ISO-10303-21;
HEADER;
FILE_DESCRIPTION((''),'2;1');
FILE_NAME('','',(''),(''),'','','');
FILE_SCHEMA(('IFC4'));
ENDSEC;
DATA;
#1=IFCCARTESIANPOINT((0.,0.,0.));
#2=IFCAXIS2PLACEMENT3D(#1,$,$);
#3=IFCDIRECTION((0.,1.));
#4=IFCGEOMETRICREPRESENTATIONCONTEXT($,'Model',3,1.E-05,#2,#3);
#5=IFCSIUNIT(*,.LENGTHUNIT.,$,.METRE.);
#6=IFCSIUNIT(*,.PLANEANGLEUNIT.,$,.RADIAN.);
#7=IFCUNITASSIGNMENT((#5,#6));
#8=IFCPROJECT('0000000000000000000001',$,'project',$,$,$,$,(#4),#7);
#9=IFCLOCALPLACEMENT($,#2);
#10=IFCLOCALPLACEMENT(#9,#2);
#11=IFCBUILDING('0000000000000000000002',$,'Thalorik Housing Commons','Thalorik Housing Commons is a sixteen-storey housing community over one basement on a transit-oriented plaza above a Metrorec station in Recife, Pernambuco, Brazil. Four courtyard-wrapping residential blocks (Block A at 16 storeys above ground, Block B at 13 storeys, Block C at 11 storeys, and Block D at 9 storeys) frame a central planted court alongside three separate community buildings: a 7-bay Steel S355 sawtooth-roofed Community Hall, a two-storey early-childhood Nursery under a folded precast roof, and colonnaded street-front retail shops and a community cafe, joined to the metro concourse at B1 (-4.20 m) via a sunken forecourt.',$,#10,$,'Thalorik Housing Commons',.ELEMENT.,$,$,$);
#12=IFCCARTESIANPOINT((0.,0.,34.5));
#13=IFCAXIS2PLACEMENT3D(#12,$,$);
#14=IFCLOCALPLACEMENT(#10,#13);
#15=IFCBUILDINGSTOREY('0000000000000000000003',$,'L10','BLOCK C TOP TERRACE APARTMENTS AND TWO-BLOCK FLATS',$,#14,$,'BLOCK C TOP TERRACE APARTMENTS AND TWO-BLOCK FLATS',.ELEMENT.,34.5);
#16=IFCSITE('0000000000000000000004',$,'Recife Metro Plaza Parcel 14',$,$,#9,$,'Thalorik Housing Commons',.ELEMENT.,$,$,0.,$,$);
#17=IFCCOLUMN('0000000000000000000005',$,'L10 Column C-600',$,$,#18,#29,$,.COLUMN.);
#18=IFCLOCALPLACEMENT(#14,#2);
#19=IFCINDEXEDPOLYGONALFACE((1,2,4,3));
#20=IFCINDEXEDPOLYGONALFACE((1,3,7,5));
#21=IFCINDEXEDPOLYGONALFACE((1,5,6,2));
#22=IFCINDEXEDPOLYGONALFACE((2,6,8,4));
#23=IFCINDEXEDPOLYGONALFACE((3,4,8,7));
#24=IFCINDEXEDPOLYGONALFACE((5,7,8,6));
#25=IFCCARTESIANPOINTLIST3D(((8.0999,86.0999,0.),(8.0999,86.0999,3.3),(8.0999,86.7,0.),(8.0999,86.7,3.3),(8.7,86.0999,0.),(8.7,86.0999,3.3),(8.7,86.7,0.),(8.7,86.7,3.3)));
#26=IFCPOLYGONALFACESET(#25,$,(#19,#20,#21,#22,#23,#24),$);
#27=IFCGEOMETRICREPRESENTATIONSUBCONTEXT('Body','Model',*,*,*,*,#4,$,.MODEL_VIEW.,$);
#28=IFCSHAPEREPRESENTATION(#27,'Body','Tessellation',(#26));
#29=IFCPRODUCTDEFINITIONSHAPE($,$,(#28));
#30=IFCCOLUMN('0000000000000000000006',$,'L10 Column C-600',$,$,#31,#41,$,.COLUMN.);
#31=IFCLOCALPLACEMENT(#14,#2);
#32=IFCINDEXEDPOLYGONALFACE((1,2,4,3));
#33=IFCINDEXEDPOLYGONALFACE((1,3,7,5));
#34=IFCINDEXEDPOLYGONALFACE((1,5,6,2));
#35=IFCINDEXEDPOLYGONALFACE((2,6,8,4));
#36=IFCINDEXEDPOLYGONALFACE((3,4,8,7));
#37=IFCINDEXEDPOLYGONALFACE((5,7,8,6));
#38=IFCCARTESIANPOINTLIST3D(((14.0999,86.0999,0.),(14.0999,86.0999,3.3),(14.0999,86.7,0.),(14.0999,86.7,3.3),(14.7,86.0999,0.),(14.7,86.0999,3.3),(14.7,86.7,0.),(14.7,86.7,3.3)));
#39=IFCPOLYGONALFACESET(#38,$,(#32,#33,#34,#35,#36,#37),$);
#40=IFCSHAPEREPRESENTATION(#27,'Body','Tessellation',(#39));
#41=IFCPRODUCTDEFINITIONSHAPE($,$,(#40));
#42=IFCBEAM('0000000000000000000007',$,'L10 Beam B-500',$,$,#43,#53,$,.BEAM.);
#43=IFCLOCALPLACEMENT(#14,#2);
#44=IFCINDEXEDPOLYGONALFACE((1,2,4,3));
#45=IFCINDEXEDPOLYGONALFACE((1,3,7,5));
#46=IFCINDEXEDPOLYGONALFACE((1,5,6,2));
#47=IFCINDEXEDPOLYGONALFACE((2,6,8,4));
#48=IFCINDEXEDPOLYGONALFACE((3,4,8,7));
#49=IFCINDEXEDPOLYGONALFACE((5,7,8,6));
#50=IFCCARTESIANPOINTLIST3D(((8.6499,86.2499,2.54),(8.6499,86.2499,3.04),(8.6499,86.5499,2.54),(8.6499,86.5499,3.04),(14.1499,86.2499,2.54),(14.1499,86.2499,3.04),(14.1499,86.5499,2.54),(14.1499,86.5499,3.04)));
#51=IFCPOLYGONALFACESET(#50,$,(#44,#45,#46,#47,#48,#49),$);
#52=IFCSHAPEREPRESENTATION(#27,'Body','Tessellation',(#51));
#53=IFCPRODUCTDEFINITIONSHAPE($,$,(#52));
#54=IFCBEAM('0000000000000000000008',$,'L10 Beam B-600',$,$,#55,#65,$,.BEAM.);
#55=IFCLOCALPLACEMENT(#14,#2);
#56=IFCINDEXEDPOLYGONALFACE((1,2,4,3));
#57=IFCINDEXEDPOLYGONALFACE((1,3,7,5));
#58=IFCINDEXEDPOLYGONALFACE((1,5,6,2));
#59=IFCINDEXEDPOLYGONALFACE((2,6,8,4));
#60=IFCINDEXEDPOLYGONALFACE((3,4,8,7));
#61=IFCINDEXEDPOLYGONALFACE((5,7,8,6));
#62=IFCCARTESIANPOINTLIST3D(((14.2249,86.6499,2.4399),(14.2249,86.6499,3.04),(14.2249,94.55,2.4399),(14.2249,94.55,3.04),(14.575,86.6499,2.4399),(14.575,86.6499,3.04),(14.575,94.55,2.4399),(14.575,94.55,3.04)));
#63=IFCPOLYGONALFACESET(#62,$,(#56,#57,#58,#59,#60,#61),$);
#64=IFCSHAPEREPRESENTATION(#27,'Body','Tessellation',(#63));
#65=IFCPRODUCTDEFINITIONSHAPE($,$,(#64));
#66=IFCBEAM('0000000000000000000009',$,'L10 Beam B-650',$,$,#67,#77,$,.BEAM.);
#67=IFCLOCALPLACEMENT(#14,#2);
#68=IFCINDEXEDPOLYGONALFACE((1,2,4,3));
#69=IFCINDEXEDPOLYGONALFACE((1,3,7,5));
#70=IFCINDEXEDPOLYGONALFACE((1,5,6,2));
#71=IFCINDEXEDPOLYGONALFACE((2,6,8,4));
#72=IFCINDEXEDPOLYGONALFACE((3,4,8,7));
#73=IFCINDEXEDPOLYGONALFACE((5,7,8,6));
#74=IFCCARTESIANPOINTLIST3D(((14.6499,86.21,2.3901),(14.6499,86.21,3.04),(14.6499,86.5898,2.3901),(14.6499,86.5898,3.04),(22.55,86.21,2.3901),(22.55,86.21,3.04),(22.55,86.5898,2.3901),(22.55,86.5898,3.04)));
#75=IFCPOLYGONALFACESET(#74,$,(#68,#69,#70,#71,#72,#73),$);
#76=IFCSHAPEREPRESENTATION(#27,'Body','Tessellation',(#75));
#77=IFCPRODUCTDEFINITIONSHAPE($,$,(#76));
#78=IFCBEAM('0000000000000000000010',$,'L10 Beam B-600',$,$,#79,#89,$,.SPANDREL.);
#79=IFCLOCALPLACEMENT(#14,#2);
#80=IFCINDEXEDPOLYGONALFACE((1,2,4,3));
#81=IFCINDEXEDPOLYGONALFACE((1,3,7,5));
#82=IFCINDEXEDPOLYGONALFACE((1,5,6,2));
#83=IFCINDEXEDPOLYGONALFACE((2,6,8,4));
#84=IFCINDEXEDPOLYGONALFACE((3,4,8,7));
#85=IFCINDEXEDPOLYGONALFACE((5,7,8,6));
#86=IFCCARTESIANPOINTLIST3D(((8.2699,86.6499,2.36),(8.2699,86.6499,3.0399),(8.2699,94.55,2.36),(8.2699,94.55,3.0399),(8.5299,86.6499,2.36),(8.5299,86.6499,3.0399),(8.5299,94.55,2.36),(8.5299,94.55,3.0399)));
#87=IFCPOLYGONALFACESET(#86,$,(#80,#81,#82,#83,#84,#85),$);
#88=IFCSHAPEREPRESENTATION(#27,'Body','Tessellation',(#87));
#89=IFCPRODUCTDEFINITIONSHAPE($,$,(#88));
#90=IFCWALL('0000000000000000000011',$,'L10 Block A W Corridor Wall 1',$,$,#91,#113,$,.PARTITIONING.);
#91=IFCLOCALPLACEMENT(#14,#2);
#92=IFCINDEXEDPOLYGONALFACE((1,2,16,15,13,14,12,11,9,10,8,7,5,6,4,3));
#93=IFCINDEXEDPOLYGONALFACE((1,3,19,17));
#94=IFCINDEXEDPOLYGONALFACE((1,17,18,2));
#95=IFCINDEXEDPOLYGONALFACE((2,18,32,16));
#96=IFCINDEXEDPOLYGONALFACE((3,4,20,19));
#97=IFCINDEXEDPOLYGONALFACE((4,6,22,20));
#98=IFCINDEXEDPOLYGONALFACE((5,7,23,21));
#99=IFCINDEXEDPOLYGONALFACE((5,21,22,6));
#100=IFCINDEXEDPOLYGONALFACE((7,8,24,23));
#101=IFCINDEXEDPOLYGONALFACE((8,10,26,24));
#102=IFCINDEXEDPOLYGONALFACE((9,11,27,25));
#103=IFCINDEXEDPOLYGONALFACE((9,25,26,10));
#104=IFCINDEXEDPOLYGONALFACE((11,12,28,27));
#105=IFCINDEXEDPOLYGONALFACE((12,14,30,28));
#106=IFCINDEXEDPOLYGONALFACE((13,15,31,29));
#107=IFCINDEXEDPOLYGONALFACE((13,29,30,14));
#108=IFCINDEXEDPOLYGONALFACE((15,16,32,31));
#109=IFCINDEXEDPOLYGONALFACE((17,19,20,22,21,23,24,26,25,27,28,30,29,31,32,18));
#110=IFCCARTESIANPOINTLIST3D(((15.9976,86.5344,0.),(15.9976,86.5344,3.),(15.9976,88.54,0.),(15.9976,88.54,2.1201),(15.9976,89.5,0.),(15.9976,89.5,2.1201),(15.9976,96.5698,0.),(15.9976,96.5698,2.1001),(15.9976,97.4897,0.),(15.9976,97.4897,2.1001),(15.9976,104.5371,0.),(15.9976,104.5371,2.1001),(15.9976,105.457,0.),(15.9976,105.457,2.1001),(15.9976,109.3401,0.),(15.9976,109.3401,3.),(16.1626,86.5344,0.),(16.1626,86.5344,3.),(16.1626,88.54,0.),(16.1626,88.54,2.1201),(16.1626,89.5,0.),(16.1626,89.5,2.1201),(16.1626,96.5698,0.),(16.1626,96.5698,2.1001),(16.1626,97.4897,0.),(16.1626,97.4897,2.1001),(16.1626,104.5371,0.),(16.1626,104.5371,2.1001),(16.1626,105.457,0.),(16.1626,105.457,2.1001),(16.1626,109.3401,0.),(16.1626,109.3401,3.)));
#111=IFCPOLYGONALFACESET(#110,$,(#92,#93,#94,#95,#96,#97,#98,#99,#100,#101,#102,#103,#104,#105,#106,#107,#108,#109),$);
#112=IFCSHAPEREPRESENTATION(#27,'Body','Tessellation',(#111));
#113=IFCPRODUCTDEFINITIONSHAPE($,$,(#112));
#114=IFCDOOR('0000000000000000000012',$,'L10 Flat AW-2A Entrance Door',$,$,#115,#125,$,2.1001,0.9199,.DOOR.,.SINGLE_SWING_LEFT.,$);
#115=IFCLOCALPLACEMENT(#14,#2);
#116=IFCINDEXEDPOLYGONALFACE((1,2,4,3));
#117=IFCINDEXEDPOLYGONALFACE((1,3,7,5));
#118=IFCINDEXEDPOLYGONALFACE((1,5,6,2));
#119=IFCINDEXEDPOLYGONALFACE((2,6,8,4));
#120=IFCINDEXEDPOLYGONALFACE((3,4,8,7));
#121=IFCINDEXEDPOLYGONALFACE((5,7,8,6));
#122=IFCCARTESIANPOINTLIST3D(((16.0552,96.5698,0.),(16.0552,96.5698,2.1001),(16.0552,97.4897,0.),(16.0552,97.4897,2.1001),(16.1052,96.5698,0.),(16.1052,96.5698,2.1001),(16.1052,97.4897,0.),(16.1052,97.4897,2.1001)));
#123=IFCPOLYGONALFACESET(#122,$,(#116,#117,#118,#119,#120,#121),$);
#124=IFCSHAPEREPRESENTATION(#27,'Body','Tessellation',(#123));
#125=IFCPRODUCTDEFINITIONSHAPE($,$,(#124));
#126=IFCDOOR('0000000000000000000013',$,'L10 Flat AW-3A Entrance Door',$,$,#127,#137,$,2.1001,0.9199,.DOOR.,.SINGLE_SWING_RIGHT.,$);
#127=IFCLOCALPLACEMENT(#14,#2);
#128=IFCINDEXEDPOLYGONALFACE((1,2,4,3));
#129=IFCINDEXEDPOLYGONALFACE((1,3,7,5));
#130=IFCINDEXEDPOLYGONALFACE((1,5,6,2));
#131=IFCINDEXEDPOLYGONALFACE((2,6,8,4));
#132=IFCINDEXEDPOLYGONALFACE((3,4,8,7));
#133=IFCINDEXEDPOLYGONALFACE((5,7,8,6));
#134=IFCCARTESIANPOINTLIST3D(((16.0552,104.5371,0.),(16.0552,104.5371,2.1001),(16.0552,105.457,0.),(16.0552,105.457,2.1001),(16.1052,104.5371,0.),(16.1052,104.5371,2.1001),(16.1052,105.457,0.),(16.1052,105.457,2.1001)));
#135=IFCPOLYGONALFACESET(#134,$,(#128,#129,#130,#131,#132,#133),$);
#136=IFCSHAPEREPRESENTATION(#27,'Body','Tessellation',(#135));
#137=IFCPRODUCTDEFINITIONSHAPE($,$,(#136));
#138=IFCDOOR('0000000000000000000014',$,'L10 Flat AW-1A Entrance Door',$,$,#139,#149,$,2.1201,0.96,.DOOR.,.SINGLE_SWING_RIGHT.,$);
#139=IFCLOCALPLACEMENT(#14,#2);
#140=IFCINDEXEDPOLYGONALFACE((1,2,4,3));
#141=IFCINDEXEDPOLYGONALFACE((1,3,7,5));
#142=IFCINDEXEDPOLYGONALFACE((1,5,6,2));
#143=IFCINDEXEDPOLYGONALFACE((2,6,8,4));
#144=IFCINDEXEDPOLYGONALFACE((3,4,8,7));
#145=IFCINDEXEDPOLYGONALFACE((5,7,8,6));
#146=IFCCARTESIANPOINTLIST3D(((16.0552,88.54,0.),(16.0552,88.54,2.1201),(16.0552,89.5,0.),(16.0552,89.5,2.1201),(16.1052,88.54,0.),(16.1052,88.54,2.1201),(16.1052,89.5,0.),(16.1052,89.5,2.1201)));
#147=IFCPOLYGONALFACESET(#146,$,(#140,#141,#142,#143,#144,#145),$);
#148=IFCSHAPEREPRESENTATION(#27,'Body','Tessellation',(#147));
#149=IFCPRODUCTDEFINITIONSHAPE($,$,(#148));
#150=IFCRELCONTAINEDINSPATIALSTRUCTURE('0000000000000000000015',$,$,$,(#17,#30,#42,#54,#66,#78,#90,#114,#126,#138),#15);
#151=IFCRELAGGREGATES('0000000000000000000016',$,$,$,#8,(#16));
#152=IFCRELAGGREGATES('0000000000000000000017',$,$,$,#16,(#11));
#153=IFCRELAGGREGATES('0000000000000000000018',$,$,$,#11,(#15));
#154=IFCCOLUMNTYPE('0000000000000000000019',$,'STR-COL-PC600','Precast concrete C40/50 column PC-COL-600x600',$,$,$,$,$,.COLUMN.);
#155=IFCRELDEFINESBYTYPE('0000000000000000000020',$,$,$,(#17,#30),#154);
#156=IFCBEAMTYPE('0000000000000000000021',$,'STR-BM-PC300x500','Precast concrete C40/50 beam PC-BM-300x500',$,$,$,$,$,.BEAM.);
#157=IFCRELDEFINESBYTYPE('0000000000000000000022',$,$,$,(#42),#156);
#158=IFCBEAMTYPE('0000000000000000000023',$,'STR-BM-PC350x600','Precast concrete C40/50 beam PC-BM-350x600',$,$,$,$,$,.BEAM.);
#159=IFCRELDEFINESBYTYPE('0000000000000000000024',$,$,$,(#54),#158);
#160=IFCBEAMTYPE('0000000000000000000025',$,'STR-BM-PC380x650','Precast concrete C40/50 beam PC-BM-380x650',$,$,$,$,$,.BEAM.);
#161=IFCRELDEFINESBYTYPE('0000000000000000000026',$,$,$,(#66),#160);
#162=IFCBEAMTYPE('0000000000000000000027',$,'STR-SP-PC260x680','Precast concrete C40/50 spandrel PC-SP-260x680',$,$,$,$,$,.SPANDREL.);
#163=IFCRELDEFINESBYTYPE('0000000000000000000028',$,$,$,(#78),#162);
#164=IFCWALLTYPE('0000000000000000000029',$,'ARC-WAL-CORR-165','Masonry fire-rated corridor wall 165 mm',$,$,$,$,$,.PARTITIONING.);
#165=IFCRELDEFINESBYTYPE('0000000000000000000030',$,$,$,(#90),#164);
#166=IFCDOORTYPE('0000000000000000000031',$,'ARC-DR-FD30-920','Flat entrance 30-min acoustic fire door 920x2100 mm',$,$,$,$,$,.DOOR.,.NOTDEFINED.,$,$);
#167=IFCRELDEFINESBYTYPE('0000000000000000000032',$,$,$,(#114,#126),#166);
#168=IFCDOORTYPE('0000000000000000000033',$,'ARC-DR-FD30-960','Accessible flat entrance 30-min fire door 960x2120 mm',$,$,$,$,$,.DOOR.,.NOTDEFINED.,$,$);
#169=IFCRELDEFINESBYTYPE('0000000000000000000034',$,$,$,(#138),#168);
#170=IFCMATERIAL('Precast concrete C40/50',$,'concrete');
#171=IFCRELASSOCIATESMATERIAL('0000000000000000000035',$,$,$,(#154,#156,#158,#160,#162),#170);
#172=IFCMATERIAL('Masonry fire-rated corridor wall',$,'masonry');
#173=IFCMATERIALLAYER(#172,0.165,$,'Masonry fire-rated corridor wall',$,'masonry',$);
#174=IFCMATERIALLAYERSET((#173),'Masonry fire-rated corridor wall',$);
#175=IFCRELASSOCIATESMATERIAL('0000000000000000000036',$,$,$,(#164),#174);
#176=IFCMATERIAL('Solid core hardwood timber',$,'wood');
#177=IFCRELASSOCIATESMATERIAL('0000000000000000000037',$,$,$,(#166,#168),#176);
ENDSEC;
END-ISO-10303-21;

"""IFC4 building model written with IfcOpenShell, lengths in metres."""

from ifc_helpers import new_model, si_unit, direction, frame, frame_2d, origin, origin_2d, place, context, subcontext, project, spatial, rectangle, extrude, material, layer, layer_set, material_profile, profile_set, type_object, element, fill, save


model = new_model("IFC4")

# Units and contexts
model_context = context("Model", 3, precision=1e-05, world=origin(), true_north=direction((0.0, 1.0)))
body_context = subcontext(model_context, "Body", "Model", "MODEL_VIEW")
ifc_project = project(units=[si_unit("LENGTHUNIT", "METRE"), si_unit("PLANEANGLEUNIT", "RADIAN")], contexts=[model_context])

# Site, building, storey
site_placement = place(None, origin())
site = spatial("IfcSite", under=ifc_project, at=site_placement, Name="Recife Metro Plaza Parcel 14", LongName="Thalorik Housing Commons", CompositionType="ELEMENT", RefElevation=0.0)
building_placement = place(site_placement, origin())
building = spatial("IfcBuilding", under=site, at=building_placement, Name="Thalorik Housing Commons", Description="Thalorik Housing Commons is a sixteen-storey housing community over one basement on a transit-oriented plaza above a Metrorec station in Recife, Pernambuco, Brazil. Four courtyard-wrapping residential blocks (Block A at 16 storeys above ground, Block B at 13 storeys, Block C at 11 storeys, and Block D at 9 storeys) frame a central planted court alongside three separate community buildings: a 7-bay Steel S355 sawtooth-roofed Community Hall, a two-storey early-childhood Nursery under a folded precast roof, and colonnaded street-front retail shops and a community cafe, joined to the metro concourse at B1 (-4.20 m) via a sunken forecourt.", LongName="Thalorik Housing Commons", CompositionType="ELEMENT")
storey_placement = place(building_placement, frame((0.0, 0.0, 34.5)))
storey = spatial("IfcBuildingStorey", under=building, at=storey_placement, Name="L10", Description="BLOCK C TOP TERRACE APARTMENTS AND TWO-BLOCK FLATS", LongName="BLOCK C TOP TERRACE APARTMENTS AND TWO-BLOCK FLATS", CompositionType="ELEMENT", Elevation=34.5)

# Columns
ifc_material_1 = material(Name="Precast concrete C40/50", Category="concrete")
ifc_material_profile_1 = material_profile(ifc_material_1, rectangle(XDim=0.6001, YDim=0.6001, at=origin_2d()), Name="PC 600x600", Category="concrete")
ifc_profile_set_1 = profile_set([ifc_material_profile_1], Name="Precast concrete C40/50")
column_type = type_object("IfcColumnType", Name="STR-COL-PC600", Description="Precast concrete C40/50 column PC-COL-600x600", PredefinedType="COLUMN", material=ifc_profile_set_1)
for number, where, z_axis, x_axis, name in (
    (1, (8.3999, 86.3999, 0.0), (0.0, 0.0, 1.0), (1.0, 0.0, 0.0), "L10 Column C-600"),
    (2, (14.3999, 86.3999, 0.0), (0.0, 0.0, 1.0), (1.0, 0.0, 0.0), "L10 Column C-600"),
):
    element("IfcColumn", number, at=place(storey_placement, frame(where, z_axis=z_axis, x_axis=x_axis)), inside=storey, type_object=column_type, Name=name, PredefinedType="COLUMN", context=body_context, shape_type="SweptSolid", body=[
        extrude(rectangle(XDim=0.6001, YDim=0.6001, at=origin_2d()), origin(), (0.0, 0.0, 1.0), 3.3),
    ])

# Beams
ifc_material_profile_2 = material_profile(ifc_material_1, rectangle(XDim=0.3, YDim=0.5, at=origin_2d()), Name="PC 300x500", Category="concrete")
ifc_profile_set_2 = profile_set([ifc_material_profile_2], Name="Precast concrete C40/50")
beam_type_1 = type_object("IfcBeamType", Name="STR-BM-PC300x500", Description="Precast concrete C40/50 beam PC-BM-300x500", PredefinedType="BEAM", material=ifc_profile_set_2)
beam_1_placement = place(storey_placement, frame((8.6499, 86.3999, 2.79), z_axis=(1.0, 0.0, 0.0), x_axis=(0.0, 1.0, 0.0)))
element("IfcBeam", 3, at=beam_1_placement, inside=storey, type_object=beam_type_1, Name="L10 Beam B-500", PredefinedType="BEAM", context=body_context, shape_type="SweptSolid", body=[
    extrude(rectangle(XDim=0.3, YDim=0.5, at=origin_2d()), origin(), (0.0, 0.0, 1.0), 5.5),
])
ifc_material_profile_3 = material_profile(ifc_material_1, rectangle(XDim=0.3501, YDim=0.6001, at=origin_2d()), Name="PC 350x600", Category="concrete")
ifc_profile_set_3 = profile_set([ifc_material_profile_3], Name="Precast concrete C40/50")
beam_type_2 = type_object("IfcBeamType", Name="STR-BM-PC350x600", Description="Precast concrete C40/50 beam PC-BM-350x600", PredefinedType="BEAM", material=ifc_profile_set_3)
beam_2_placement = place(storey_placement, frame((14.3999, 86.6499, 2.74), z_axis=(0.0, 1.0, 0.0), x_axis=(-1.0, 0.0, 0.0)))
element("IfcBeam", 4, at=beam_2_placement, inside=storey, type_object=beam_type_2, Name="L10 Beam B-600", PredefinedType="BEAM", context=body_context, shape_type="SweptSolid", body=[
    extrude(rectangle(XDim=0.3501, YDim=0.6001, at=origin_2d()), origin(), (0.0, 0.0, 1.0), 7.9001),
])
ifc_material_profile_4 = material_profile(ifc_material_1, rectangle(XDim=0.3799, YDim=0.6499, at=origin_2d()), Name="PC 380x650", Category="concrete")
ifc_profile_set_4 = profile_set([ifc_material_profile_4], Name="Precast concrete C40/50")
beam_type_3 = type_object("IfcBeamType", Name="STR-BM-PC380x650", Description="Precast concrete C40/50 beam PC-BM-380x650", PredefinedType="BEAM", material=ifc_profile_set_4)
beam_3_placement = place(storey_placement, frame((14.6499, 86.3999, 2.7151), z_axis=(1.0, 0.0, 0.0), x_axis=(0.0, 1.0, 0.0)))
element("IfcBeam", 5, at=beam_3_placement, inside=storey, type_object=beam_type_3, Name="L10 Beam B-650", PredefinedType="BEAM", context=body_context, shape_type="SweptSolid", body=[
    extrude(rectangle(XDim=0.3799, YDim=0.6499, at=origin_2d()), origin(), (0.0, 0.0, 1.0), 7.9001),
])
ifc_material_profile_5 = material_profile(ifc_material_1, rectangle(XDim=0.26, YDim=0.6799, at=origin_2d()), Name="PC SP 260x680", Category="concrete")
ifc_profile_set_5 = profile_set([ifc_material_profile_5], Name="Precast concrete C40/50")
beam_type_4 = type_object("IfcBeamType", Name="STR-SP-PC260x680", Description="Precast concrete C40/50 spandrel PC-SP-260x680", PredefinedType="SPANDREL", material=ifc_profile_set_5)
beam_4_placement = place(storey_placement, frame((8.3999, 86.6499, 2.7), z_axis=(0.0, 1.0, 0.0), x_axis=(-1.0, 0.0, 0.0)))
element("IfcBeam", 6, at=beam_4_placement, inside=storey, type_object=beam_type_4, Name="L10 Beam B-600", PredefinedType="SPANDREL", context=body_context, shape_type="SweptSolid", body=[
    extrude(rectangle(XDim=0.26, YDim=0.6799, at=origin_2d()), origin(), (0.0, 0.0, 1.0), 7.9001),
])

# Wall, openings, doors
ifc_material_2 = material(Name="Masonry fire-rated corridor wall", Category="masonry")
ifc_layer_1 = layer(ifc_material_2, 0.165, Name="Masonry fire-rated corridor wall", Category="masonry")
ifc_layer_set_1 = layer_set([ifc_layer_1], Name="Masonry fire-rated corridor wall")
wall_type_1 = type_object("IfcWallType", Name="ARC-WAL-CORR-165", Description="Masonry fire-rated corridor wall 165 mm", PredefinedType="PARTITIONING", material=ifc_layer_set_1)
wall_1_placement = place(storey_placement, frame((16.0801, 86.5344, 0.0), z_axis=(0.0, 0.0, 1.0), x_axis=(0.0, 1.0, 0.0)))
wall_1 = element("IfcWall", 7, at=wall_1_placement, inside=storey, type_object=wall_type_1, Name="L10 Block A W Corridor Wall 1", PredefinedType="PARTITIONING", context=body_context, shape_type="SweptSolid", body=[
    extrude(rectangle(XDim=22.8057, YDim=0.165, at=frame_2d((11.4028, 0.0))), origin(), (0.0, 0.0, 1.0), 3.0),
])
opening_1_placement = place(wall_1_placement, frame((2.0056, 0.0, 0.0)))
opening_1 = element("IfcOpeningElement", 8, at=opening_1_placement, cuts=wall_1, PredefinedType="OPENING", context=body_context, shape_type="SweptSolid", body=[
    extrude(rectangle(XDim=0.96, YDim=2.1201, at=frame_2d((0.48, 1.0601))), frame((0.0, 0.0925, 0.0), z_axis=(0.0, -1.0, 0.0), x_axis=(1.0, 0.0, 0.0)), (0.0, 0.0, 1.0), 0.1851),
])
opening_2_placement = place(wall_1_placement, frame((10.0354, 0.0, 0.0)))
opening_2 = element("IfcOpeningElement", 9, at=opening_2_placement, cuts=wall_1, PredefinedType="OPENING", context=body_context, shape_type="SweptSolid", body=[
    extrude(rectangle(XDim=0.9199, YDim=2.1001, at=frame_2d((0.46, 1.05))), frame((0.0, 0.0925, 0.0), z_axis=(0.0, -1.0, 0.0), x_axis=(1.0, 0.0, 0.0)), (0.0, 0.0, 1.0), 0.1851),
])
opening_3_placement = place(wall_1_placement, frame((18.0027, 0.0, 0.0)))
opening_3 = element("IfcOpeningElement", 10, at=opening_3_placement, cuts=wall_1, PredefinedType="OPENING", context=body_context, shape_type="SweptSolid", body=[
    extrude(rectangle(XDim=0.9199, YDim=2.1001, at=frame_2d((0.46, 1.05))), frame((0.0, 0.0925, 0.0), z_axis=(0.0, -1.0, 0.0), x_axis=(1.0, 0.0, 0.0)), (0.0, 0.0, 1.0), 0.1851),
])
ifc_material_3 = material(Name="Solid core hardwood timber", Category="wood")
door_type_1 = type_object("IfcDoorType", Name="ARC-DR-FD30-920", Description="Flat entrance 30-min acoustic fire door 920x2100 mm", OperationType="NOTDEFINED", PredefinedType="DOOR", material=ifc_material_3)
door_1_placement = place(opening_2_placement, origin())
door_1 = element("IfcDoor", 11, at=door_1_placement, inside=storey, type_object=door_type_1, Name="L10 Flat AW-2A Entrance Door", OperationType="SINGLE_SWING_LEFT", OverallHeight=2.1001, OverallWidth=0.9199, PredefinedType="DOOR", context=body_context, shape_type="SweptSolid", body=[
    extrude(rectangle(XDim=0.9199, YDim=2.1001, at=frame_2d((0.46, 1.05))), frame((0.0, 0.0249, 0.0), z_axis=(0.0, -1.0, 0.0), x_axis=(1.0, 0.0, 0.0)), (0.0, 0.0, 1.0), 0.05),
])
fill(opening_2, door_1)
door_2_placement = place(opening_3_placement, origin())
door_2 = element("IfcDoor", 12, at=door_2_placement, inside=storey, type_object=door_type_1, Name="L10 Flat AW-3A Entrance Door", OperationType="SINGLE_SWING_RIGHT", OverallHeight=2.1001, OverallWidth=0.9199, PredefinedType="DOOR", context=body_context, shape_type="SweptSolid", body=[
    extrude(rectangle(XDim=0.9199, YDim=2.1001, at=frame_2d((0.46, 1.05))), frame((0.0, 0.0249, 0.0), z_axis=(0.0, -1.0, 0.0), x_axis=(1.0, 0.0, 0.0)), (0.0, 0.0, 1.0), 0.05),
])
fill(opening_3, door_2)
door_type_2 = type_object("IfcDoorType", Name="ARC-DR-FD30-960", Description="Accessible flat entrance 30-min fire door 960x2120 mm", OperationType="NOTDEFINED", PredefinedType="DOOR", material=ifc_material_3)
door_3_placement = place(opening_1_placement, origin())
door_3 = element("IfcDoor", 13, at=door_3_placement, inside=storey, type_object=door_type_2, Name="L10 Flat AW-1A Entrance Door", OperationType="SINGLE_SWING_RIGHT", OverallHeight=2.1201, OverallWidth=0.96, PredefinedType="DOOR", context=body_context, shape_type="SweptSolid", body=[
    extrude(rectangle(XDim=0.96, YDim=2.1201, at=frame_2d((0.48, 1.0601))), frame((0.0, 0.0249, 0.0), z_axis=(0.0, -1.0, 0.0), x_axis=(1.0, 0.0, 0.0)), (0.0, 0.0, 1.0), 0.05),
])
fill(opening_1, door_3)

save(model, "model.ifc")
